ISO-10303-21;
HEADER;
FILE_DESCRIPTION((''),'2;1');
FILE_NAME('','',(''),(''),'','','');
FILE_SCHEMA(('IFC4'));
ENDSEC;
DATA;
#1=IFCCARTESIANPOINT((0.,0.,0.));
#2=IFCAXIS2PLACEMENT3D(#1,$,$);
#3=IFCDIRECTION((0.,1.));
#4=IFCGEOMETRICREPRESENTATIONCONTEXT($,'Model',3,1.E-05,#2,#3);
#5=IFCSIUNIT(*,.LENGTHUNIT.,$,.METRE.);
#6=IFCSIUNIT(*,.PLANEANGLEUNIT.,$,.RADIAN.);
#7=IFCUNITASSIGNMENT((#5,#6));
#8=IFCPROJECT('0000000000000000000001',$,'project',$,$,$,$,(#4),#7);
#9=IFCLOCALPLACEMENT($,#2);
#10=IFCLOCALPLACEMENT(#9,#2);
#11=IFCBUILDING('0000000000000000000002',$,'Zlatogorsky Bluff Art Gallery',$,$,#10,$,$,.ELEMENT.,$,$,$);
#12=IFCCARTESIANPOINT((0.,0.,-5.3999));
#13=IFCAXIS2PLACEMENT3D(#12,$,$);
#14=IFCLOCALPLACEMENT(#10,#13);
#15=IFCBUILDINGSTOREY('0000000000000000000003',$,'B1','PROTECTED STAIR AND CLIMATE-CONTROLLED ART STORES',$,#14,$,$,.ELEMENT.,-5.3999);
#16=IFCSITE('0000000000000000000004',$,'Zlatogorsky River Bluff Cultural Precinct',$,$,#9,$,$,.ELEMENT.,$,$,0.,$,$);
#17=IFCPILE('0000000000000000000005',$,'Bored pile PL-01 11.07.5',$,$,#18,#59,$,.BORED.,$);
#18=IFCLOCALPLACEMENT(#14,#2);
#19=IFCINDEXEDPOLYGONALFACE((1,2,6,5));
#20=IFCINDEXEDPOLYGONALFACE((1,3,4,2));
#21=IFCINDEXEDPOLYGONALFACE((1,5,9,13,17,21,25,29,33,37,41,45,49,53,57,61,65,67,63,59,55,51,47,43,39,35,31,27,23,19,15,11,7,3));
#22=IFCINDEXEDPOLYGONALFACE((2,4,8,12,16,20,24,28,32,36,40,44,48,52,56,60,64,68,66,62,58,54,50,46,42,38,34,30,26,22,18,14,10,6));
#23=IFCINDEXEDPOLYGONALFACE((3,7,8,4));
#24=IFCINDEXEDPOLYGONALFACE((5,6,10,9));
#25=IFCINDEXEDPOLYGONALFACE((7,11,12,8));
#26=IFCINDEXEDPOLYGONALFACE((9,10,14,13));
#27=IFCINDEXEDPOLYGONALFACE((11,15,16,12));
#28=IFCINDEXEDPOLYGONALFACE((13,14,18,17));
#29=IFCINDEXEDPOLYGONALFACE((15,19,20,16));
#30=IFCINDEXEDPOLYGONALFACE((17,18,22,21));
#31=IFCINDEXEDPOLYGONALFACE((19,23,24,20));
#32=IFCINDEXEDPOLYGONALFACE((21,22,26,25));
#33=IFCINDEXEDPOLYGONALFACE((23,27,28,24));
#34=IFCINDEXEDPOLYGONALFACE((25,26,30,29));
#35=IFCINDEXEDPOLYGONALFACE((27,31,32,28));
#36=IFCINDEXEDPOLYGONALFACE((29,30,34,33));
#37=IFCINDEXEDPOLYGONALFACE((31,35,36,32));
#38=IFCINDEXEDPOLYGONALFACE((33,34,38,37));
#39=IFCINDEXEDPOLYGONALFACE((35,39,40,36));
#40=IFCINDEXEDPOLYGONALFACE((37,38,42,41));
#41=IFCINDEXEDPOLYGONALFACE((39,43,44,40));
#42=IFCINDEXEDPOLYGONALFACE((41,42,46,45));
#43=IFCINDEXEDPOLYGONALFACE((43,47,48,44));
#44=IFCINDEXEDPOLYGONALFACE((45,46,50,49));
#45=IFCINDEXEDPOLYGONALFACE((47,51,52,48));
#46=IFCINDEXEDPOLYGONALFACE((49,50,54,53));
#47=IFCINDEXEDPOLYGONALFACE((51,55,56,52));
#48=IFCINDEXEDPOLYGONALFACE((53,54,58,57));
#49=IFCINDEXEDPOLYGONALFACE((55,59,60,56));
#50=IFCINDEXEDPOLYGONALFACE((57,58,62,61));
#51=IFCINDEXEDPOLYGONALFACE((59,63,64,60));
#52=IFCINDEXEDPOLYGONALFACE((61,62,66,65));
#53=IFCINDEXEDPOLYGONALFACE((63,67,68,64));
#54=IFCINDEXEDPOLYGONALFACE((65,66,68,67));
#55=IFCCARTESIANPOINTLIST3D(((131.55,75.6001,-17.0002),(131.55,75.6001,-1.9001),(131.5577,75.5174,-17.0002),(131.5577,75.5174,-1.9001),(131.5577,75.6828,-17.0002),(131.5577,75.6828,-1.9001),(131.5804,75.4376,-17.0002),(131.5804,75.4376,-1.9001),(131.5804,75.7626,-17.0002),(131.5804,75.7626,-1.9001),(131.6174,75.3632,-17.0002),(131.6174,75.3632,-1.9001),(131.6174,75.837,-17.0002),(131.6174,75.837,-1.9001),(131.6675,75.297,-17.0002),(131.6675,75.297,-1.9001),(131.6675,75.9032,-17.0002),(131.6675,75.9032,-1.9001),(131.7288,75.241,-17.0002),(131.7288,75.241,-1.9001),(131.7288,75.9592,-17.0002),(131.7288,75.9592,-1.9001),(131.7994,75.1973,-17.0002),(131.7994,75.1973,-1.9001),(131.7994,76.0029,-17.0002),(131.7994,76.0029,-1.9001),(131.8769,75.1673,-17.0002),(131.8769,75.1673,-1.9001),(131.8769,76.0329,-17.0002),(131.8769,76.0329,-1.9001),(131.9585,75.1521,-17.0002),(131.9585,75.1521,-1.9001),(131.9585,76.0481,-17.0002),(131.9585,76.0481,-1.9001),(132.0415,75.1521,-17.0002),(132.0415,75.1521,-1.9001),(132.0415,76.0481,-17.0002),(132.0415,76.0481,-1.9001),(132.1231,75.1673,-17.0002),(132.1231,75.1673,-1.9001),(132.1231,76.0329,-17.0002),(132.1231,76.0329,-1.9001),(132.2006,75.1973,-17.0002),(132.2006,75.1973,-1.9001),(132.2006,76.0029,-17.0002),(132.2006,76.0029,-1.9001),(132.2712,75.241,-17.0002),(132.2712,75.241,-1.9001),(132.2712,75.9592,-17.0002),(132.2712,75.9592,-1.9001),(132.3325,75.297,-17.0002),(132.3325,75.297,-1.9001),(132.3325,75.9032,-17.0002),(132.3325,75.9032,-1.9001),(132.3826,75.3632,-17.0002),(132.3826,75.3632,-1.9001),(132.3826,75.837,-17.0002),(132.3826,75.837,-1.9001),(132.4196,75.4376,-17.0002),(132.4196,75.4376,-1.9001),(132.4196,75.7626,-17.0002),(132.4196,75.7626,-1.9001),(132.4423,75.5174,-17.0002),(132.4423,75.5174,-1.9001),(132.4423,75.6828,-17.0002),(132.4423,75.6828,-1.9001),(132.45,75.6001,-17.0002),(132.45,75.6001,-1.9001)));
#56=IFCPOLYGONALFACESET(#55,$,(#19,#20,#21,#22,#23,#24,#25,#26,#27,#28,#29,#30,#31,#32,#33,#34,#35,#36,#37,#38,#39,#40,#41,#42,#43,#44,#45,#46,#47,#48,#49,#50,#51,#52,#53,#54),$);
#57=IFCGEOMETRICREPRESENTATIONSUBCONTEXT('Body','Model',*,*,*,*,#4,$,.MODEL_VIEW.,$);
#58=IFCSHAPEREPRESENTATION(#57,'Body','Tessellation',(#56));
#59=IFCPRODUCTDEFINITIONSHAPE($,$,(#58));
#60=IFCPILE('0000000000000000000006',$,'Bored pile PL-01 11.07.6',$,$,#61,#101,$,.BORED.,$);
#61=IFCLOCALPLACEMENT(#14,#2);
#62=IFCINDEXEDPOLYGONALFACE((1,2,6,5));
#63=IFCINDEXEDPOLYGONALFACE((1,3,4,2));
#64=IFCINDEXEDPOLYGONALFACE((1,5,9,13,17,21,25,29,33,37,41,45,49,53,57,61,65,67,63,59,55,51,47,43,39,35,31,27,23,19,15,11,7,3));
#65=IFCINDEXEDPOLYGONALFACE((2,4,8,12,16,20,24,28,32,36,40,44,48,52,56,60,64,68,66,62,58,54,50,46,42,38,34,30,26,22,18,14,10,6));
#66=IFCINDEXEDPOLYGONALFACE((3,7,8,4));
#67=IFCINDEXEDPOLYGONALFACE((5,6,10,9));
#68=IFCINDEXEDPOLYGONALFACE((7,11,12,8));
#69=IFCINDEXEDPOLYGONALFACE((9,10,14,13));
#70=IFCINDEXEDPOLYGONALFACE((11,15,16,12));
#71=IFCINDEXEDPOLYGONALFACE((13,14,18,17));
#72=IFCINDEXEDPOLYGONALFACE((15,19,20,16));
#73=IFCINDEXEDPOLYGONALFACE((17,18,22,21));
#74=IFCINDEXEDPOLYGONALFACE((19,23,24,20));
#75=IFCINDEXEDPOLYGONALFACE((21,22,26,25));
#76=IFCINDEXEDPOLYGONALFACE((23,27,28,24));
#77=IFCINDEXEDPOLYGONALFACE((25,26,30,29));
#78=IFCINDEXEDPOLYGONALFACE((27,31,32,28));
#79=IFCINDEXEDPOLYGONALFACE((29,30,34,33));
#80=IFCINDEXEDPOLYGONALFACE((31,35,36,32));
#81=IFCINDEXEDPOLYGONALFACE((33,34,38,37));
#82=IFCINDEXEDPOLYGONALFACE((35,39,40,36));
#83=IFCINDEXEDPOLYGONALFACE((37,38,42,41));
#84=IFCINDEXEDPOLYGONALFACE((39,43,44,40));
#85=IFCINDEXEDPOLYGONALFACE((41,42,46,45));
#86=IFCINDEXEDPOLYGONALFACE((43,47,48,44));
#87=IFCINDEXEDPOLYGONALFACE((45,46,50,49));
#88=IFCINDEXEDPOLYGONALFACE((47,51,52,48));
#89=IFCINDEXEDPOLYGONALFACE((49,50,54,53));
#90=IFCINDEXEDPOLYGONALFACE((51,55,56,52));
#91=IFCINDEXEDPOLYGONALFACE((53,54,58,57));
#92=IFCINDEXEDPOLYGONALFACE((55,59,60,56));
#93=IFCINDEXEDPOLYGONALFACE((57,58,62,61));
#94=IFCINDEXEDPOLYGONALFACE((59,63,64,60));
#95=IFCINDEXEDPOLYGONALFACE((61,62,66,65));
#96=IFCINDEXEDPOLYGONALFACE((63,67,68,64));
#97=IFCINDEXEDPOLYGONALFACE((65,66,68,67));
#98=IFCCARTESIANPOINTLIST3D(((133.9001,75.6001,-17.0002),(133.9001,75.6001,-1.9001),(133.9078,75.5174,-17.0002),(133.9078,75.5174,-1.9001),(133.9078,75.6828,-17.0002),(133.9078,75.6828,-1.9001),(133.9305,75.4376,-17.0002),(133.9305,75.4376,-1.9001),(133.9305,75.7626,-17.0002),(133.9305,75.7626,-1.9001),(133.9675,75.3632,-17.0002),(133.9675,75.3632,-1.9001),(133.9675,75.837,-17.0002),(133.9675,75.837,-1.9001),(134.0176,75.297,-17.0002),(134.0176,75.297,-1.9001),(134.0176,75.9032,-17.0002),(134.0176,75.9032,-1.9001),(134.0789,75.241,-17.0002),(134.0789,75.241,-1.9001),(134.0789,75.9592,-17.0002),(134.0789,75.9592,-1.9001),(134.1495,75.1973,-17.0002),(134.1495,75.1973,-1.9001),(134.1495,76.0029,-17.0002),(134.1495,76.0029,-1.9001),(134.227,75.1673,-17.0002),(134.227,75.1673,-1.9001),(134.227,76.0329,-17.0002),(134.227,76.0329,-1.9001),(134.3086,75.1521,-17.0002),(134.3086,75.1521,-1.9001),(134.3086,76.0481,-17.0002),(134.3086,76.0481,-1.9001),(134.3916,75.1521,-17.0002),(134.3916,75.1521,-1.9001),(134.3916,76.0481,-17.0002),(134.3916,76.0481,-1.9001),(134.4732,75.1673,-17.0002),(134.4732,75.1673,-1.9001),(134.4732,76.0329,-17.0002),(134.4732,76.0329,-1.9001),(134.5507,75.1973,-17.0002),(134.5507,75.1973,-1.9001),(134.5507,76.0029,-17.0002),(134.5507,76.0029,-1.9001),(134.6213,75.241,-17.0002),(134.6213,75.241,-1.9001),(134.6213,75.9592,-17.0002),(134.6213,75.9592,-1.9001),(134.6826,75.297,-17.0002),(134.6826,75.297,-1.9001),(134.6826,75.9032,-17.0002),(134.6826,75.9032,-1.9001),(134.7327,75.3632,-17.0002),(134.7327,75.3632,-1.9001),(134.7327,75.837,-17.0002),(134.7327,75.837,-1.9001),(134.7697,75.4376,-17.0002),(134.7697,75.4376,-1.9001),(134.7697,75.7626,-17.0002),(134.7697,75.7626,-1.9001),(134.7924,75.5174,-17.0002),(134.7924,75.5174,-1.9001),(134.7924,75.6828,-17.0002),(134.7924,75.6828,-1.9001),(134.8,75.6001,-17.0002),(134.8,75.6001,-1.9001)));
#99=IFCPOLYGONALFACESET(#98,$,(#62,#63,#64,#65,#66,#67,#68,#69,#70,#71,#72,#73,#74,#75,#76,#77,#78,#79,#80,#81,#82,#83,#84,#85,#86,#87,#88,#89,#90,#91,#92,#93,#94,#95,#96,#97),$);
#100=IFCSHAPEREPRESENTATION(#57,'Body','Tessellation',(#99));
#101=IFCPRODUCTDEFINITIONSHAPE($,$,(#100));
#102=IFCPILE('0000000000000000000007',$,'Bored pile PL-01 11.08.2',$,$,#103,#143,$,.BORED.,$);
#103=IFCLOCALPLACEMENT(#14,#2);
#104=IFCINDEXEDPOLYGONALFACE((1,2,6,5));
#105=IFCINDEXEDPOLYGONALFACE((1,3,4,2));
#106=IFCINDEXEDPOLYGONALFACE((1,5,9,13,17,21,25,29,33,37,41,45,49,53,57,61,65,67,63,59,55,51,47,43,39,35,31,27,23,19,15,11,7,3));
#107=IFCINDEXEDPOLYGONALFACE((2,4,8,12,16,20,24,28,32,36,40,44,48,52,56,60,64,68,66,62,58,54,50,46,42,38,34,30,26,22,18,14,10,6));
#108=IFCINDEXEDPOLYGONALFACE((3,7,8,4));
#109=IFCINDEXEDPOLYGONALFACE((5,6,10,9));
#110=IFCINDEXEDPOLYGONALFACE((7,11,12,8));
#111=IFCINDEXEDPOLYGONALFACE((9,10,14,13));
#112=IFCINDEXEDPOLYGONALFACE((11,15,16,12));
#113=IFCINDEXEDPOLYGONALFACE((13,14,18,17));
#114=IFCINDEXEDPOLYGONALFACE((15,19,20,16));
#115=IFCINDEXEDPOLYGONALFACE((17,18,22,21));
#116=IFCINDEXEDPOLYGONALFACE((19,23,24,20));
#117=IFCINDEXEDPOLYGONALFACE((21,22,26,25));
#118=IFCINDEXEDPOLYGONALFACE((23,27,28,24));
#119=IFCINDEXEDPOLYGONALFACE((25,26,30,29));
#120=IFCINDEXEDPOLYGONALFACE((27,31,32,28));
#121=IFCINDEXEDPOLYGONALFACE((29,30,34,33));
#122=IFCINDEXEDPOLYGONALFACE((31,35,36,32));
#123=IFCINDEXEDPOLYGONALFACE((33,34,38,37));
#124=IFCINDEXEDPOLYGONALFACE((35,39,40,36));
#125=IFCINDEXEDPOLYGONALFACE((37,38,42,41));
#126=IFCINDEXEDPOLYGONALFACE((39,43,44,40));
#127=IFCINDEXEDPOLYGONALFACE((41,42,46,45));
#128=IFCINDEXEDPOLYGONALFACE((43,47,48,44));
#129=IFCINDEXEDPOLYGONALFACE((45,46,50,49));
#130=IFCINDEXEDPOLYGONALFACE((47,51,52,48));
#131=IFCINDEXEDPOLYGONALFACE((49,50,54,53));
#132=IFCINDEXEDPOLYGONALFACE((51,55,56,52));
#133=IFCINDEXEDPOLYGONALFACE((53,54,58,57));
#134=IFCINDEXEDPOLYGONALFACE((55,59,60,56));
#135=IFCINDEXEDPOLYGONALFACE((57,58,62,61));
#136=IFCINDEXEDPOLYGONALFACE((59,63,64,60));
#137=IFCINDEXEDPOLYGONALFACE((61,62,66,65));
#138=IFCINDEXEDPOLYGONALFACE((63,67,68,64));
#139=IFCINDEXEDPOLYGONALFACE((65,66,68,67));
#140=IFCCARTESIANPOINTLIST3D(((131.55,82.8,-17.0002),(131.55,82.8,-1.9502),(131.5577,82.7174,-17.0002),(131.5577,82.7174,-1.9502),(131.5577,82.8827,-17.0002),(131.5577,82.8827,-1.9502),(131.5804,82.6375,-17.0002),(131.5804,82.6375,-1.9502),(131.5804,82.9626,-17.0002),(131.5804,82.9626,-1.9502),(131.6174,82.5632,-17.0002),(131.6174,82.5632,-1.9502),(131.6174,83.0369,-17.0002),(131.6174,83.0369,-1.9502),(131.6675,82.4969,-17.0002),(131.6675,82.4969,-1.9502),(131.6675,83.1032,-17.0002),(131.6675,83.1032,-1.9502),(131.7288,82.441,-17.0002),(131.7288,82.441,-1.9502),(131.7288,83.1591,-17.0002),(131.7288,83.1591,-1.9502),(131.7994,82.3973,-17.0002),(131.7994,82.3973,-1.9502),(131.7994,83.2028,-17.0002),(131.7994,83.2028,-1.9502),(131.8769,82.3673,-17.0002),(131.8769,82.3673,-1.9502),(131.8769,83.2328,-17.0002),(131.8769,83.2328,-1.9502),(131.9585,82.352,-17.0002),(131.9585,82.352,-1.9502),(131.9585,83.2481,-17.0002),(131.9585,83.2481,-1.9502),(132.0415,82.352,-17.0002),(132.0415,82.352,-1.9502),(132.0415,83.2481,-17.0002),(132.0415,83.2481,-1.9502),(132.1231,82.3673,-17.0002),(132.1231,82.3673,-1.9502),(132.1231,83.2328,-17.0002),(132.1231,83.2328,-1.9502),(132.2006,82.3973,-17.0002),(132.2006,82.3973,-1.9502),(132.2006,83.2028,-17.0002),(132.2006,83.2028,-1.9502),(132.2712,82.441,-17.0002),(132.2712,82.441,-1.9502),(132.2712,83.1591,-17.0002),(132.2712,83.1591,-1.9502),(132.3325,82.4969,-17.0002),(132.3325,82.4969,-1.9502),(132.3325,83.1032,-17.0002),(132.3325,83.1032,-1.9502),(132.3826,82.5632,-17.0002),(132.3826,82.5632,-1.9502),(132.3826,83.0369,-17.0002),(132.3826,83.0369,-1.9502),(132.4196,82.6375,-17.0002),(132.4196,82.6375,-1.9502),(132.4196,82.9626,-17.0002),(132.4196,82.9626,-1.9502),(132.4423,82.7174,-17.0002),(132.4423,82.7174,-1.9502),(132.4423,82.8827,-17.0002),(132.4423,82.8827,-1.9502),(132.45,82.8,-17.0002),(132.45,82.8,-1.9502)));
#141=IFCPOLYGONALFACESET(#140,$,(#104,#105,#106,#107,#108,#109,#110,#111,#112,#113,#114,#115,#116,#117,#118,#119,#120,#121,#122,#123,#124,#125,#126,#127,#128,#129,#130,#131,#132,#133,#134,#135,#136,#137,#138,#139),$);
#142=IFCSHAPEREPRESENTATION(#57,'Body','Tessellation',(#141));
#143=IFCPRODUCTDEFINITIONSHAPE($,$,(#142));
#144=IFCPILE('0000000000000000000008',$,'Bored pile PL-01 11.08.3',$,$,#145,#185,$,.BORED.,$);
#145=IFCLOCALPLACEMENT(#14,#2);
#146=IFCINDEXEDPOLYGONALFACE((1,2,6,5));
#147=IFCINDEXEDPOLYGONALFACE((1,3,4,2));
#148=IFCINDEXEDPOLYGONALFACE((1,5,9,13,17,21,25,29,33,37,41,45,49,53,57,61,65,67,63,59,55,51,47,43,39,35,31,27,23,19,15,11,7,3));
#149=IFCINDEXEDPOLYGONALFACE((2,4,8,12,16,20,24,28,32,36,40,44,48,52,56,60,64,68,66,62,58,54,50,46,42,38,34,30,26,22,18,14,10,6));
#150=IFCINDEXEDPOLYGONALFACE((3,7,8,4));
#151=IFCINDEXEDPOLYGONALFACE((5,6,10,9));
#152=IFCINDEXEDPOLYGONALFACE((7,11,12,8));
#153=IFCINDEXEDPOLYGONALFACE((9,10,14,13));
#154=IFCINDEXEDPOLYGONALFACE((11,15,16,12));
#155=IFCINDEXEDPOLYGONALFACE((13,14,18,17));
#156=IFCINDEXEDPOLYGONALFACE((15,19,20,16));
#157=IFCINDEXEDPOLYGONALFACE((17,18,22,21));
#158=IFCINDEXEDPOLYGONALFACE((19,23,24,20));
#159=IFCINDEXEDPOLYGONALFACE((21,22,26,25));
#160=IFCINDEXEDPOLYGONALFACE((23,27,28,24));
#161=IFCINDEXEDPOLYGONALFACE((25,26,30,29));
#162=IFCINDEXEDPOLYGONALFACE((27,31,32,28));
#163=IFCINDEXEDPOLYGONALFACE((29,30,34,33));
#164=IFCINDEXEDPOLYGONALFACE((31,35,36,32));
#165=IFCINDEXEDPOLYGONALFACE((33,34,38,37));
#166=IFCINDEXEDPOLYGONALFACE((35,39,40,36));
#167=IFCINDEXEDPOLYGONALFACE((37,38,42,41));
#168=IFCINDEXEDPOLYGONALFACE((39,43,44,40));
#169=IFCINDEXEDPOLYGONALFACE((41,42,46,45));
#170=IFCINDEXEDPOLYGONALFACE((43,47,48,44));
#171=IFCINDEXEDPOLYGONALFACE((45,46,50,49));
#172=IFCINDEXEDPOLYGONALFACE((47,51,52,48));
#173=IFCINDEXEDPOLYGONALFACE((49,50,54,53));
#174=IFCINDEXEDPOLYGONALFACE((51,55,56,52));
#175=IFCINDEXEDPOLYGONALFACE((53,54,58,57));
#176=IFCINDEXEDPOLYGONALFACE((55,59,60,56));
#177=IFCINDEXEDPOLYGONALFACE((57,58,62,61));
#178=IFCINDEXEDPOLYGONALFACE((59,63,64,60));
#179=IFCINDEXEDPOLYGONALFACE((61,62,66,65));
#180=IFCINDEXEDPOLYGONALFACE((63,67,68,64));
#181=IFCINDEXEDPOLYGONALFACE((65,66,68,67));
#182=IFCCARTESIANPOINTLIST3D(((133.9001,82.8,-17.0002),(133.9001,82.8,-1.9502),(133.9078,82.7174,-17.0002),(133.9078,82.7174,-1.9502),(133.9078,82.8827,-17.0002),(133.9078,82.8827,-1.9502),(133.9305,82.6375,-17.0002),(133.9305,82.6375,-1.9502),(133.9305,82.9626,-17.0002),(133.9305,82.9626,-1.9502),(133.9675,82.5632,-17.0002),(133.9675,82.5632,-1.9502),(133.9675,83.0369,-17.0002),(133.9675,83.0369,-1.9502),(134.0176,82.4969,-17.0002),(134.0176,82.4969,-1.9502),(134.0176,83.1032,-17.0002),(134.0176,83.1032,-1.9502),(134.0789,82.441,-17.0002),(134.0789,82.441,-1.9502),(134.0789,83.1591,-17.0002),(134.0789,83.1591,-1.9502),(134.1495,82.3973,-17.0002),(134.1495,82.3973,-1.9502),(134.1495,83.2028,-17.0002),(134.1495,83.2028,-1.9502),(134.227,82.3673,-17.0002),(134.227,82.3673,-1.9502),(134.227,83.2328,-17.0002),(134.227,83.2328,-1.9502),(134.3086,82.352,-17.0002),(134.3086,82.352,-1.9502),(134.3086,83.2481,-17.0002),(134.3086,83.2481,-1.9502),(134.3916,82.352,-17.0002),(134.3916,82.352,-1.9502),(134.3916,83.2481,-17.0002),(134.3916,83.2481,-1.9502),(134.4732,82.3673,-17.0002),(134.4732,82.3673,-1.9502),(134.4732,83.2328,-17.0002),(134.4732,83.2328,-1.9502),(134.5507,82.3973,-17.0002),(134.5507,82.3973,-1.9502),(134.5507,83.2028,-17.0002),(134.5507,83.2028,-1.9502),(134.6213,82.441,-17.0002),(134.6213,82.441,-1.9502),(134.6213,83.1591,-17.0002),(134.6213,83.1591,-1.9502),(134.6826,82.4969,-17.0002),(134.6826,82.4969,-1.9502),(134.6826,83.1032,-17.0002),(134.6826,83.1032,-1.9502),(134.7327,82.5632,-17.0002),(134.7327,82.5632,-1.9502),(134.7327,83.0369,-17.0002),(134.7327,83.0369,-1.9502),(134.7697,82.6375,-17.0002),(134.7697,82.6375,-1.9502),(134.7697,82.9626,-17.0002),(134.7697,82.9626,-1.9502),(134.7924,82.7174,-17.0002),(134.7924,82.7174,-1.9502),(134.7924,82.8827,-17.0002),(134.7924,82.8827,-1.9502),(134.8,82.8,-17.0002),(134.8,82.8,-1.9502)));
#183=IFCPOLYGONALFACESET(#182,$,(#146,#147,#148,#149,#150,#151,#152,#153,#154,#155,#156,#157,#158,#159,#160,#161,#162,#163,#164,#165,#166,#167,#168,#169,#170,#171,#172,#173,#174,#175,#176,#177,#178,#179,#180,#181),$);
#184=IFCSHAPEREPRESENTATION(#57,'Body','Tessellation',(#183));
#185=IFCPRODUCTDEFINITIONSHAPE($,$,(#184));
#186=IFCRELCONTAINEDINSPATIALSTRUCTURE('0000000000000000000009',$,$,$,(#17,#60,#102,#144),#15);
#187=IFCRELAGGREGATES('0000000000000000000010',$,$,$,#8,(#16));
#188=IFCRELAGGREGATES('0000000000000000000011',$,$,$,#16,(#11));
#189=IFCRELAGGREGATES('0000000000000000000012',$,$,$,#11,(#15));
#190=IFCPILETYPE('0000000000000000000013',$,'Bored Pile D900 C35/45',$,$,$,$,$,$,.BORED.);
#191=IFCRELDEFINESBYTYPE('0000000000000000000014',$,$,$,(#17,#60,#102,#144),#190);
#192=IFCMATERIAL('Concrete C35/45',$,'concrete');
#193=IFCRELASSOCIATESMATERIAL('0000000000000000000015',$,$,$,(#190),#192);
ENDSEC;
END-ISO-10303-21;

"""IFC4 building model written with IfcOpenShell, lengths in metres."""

from ifc_helpers import new_model, si_unit, direction, frame, origin, origin_2d, place, context, subcontext, project, spatial, circle, extrude, material, material_profile, profile_set, type_object, element, save


model = new_model("IFC4")

# Units and contexts
model_context = context("Model", 3, precision=1e-05, world=origin(), true_north=direction((0.0, 1.0)))
body_context = subcontext(model_context, "Body", "Model", "MODEL_VIEW")
ifc_project = project(units=[si_unit("LENGTHUNIT", "METRE"), si_unit("PLANEANGLEUNIT", "RADIAN")], contexts=[model_context])

# Site, building, storey
site_placement = place(None, origin())
site = spatial("IfcSite", under=ifc_project, at=site_placement, Name="Zlatogorsky River Bluff Cultural Precinct", CompositionType="ELEMENT", RefElevation=0.0)
building_placement = place(site_placement, origin())
building = spatial("IfcBuilding", under=site, at=building_placement, Name="Zlatogorsky Bluff Art Gallery", CompositionType="ELEMENT")
storey_placement = place(building_placement, frame((0.0, 0.0, -5.3999)))
storey = spatial("IfcBuildingStorey", under=building, at=storey_placement, Name="B1", Description="PROTECTED STAIR AND CLIMATE-CONTROLLED ART STORES", CompositionType="ELEMENT", Elevation=-5.3999)

# Piles
ifc_material_1 = material(Name="Concrete C35/45", Category="concrete")
ifc_material_profile_1 = material_profile(ifc_material_1, circle(Radius=0.45, at=origin_2d()), Name="BORED PILE D900")
ifc_profile_set_1 = profile_set([ifc_material_profile_1], Name="Concrete C35/45")
pile_type = type_object("IfcPileType", Name="Bored Pile D900 C35/45", PredefinedType="BORED", material=ifc_profile_set_1)
for number, where, z_axis, x_axis, name in (
    (1, (132.0, 75.6001, -1.9001), (0.0, 0.0, -1.0), (1.0, 0.0, 0.0), "Bored pile PL-01 11.07.5"),
    (2, (134.3501, 75.6001, -1.9001), (0.0, 0.0, -1.0), (1.0, 0.0, 0.0), "Bored pile PL-01 11.07.6"),
):
    element("IfcPile", number, at=place(storey_placement, frame(where, z_axis=z_axis, x_axis=x_axis)), inside=storey, type_object=pile_type, Name=name, PredefinedType="BORED", context=body_context, shape_type="SweptSolid", body=[
        extrude(circle(Radius=0.45, at=origin_2d()), origin(), (0.0, 0.0, 1.0), 15.1001),
    ])
for number, where, z_axis, x_axis, name in (
    (3, (132.0, 82.8, -1.9502), (0.0, 0.0, -1.0), (1.0, 0.0, 0.0), "Bored pile PL-01 11.08.2"),
    (4, (134.3501, 82.8, -1.9502), (0.0, 0.0, -1.0), (1.0, 0.0, 0.0), "Bored pile PL-01 11.08.3"),
):
    element("IfcPile", number, at=place(storey_placement, frame(where, z_axis=z_axis, x_axis=x_axis)), inside=storey, type_object=pile_type, Name=name, PredefinedType="BORED", context=body_context, shape_type="SweptSolid", body=[
        extrude(circle(Radius=0.45, at=origin_2d()), origin(), (0.0, 0.0, 1.0), 15.05),
    ])

save(model, "model.ifc")
